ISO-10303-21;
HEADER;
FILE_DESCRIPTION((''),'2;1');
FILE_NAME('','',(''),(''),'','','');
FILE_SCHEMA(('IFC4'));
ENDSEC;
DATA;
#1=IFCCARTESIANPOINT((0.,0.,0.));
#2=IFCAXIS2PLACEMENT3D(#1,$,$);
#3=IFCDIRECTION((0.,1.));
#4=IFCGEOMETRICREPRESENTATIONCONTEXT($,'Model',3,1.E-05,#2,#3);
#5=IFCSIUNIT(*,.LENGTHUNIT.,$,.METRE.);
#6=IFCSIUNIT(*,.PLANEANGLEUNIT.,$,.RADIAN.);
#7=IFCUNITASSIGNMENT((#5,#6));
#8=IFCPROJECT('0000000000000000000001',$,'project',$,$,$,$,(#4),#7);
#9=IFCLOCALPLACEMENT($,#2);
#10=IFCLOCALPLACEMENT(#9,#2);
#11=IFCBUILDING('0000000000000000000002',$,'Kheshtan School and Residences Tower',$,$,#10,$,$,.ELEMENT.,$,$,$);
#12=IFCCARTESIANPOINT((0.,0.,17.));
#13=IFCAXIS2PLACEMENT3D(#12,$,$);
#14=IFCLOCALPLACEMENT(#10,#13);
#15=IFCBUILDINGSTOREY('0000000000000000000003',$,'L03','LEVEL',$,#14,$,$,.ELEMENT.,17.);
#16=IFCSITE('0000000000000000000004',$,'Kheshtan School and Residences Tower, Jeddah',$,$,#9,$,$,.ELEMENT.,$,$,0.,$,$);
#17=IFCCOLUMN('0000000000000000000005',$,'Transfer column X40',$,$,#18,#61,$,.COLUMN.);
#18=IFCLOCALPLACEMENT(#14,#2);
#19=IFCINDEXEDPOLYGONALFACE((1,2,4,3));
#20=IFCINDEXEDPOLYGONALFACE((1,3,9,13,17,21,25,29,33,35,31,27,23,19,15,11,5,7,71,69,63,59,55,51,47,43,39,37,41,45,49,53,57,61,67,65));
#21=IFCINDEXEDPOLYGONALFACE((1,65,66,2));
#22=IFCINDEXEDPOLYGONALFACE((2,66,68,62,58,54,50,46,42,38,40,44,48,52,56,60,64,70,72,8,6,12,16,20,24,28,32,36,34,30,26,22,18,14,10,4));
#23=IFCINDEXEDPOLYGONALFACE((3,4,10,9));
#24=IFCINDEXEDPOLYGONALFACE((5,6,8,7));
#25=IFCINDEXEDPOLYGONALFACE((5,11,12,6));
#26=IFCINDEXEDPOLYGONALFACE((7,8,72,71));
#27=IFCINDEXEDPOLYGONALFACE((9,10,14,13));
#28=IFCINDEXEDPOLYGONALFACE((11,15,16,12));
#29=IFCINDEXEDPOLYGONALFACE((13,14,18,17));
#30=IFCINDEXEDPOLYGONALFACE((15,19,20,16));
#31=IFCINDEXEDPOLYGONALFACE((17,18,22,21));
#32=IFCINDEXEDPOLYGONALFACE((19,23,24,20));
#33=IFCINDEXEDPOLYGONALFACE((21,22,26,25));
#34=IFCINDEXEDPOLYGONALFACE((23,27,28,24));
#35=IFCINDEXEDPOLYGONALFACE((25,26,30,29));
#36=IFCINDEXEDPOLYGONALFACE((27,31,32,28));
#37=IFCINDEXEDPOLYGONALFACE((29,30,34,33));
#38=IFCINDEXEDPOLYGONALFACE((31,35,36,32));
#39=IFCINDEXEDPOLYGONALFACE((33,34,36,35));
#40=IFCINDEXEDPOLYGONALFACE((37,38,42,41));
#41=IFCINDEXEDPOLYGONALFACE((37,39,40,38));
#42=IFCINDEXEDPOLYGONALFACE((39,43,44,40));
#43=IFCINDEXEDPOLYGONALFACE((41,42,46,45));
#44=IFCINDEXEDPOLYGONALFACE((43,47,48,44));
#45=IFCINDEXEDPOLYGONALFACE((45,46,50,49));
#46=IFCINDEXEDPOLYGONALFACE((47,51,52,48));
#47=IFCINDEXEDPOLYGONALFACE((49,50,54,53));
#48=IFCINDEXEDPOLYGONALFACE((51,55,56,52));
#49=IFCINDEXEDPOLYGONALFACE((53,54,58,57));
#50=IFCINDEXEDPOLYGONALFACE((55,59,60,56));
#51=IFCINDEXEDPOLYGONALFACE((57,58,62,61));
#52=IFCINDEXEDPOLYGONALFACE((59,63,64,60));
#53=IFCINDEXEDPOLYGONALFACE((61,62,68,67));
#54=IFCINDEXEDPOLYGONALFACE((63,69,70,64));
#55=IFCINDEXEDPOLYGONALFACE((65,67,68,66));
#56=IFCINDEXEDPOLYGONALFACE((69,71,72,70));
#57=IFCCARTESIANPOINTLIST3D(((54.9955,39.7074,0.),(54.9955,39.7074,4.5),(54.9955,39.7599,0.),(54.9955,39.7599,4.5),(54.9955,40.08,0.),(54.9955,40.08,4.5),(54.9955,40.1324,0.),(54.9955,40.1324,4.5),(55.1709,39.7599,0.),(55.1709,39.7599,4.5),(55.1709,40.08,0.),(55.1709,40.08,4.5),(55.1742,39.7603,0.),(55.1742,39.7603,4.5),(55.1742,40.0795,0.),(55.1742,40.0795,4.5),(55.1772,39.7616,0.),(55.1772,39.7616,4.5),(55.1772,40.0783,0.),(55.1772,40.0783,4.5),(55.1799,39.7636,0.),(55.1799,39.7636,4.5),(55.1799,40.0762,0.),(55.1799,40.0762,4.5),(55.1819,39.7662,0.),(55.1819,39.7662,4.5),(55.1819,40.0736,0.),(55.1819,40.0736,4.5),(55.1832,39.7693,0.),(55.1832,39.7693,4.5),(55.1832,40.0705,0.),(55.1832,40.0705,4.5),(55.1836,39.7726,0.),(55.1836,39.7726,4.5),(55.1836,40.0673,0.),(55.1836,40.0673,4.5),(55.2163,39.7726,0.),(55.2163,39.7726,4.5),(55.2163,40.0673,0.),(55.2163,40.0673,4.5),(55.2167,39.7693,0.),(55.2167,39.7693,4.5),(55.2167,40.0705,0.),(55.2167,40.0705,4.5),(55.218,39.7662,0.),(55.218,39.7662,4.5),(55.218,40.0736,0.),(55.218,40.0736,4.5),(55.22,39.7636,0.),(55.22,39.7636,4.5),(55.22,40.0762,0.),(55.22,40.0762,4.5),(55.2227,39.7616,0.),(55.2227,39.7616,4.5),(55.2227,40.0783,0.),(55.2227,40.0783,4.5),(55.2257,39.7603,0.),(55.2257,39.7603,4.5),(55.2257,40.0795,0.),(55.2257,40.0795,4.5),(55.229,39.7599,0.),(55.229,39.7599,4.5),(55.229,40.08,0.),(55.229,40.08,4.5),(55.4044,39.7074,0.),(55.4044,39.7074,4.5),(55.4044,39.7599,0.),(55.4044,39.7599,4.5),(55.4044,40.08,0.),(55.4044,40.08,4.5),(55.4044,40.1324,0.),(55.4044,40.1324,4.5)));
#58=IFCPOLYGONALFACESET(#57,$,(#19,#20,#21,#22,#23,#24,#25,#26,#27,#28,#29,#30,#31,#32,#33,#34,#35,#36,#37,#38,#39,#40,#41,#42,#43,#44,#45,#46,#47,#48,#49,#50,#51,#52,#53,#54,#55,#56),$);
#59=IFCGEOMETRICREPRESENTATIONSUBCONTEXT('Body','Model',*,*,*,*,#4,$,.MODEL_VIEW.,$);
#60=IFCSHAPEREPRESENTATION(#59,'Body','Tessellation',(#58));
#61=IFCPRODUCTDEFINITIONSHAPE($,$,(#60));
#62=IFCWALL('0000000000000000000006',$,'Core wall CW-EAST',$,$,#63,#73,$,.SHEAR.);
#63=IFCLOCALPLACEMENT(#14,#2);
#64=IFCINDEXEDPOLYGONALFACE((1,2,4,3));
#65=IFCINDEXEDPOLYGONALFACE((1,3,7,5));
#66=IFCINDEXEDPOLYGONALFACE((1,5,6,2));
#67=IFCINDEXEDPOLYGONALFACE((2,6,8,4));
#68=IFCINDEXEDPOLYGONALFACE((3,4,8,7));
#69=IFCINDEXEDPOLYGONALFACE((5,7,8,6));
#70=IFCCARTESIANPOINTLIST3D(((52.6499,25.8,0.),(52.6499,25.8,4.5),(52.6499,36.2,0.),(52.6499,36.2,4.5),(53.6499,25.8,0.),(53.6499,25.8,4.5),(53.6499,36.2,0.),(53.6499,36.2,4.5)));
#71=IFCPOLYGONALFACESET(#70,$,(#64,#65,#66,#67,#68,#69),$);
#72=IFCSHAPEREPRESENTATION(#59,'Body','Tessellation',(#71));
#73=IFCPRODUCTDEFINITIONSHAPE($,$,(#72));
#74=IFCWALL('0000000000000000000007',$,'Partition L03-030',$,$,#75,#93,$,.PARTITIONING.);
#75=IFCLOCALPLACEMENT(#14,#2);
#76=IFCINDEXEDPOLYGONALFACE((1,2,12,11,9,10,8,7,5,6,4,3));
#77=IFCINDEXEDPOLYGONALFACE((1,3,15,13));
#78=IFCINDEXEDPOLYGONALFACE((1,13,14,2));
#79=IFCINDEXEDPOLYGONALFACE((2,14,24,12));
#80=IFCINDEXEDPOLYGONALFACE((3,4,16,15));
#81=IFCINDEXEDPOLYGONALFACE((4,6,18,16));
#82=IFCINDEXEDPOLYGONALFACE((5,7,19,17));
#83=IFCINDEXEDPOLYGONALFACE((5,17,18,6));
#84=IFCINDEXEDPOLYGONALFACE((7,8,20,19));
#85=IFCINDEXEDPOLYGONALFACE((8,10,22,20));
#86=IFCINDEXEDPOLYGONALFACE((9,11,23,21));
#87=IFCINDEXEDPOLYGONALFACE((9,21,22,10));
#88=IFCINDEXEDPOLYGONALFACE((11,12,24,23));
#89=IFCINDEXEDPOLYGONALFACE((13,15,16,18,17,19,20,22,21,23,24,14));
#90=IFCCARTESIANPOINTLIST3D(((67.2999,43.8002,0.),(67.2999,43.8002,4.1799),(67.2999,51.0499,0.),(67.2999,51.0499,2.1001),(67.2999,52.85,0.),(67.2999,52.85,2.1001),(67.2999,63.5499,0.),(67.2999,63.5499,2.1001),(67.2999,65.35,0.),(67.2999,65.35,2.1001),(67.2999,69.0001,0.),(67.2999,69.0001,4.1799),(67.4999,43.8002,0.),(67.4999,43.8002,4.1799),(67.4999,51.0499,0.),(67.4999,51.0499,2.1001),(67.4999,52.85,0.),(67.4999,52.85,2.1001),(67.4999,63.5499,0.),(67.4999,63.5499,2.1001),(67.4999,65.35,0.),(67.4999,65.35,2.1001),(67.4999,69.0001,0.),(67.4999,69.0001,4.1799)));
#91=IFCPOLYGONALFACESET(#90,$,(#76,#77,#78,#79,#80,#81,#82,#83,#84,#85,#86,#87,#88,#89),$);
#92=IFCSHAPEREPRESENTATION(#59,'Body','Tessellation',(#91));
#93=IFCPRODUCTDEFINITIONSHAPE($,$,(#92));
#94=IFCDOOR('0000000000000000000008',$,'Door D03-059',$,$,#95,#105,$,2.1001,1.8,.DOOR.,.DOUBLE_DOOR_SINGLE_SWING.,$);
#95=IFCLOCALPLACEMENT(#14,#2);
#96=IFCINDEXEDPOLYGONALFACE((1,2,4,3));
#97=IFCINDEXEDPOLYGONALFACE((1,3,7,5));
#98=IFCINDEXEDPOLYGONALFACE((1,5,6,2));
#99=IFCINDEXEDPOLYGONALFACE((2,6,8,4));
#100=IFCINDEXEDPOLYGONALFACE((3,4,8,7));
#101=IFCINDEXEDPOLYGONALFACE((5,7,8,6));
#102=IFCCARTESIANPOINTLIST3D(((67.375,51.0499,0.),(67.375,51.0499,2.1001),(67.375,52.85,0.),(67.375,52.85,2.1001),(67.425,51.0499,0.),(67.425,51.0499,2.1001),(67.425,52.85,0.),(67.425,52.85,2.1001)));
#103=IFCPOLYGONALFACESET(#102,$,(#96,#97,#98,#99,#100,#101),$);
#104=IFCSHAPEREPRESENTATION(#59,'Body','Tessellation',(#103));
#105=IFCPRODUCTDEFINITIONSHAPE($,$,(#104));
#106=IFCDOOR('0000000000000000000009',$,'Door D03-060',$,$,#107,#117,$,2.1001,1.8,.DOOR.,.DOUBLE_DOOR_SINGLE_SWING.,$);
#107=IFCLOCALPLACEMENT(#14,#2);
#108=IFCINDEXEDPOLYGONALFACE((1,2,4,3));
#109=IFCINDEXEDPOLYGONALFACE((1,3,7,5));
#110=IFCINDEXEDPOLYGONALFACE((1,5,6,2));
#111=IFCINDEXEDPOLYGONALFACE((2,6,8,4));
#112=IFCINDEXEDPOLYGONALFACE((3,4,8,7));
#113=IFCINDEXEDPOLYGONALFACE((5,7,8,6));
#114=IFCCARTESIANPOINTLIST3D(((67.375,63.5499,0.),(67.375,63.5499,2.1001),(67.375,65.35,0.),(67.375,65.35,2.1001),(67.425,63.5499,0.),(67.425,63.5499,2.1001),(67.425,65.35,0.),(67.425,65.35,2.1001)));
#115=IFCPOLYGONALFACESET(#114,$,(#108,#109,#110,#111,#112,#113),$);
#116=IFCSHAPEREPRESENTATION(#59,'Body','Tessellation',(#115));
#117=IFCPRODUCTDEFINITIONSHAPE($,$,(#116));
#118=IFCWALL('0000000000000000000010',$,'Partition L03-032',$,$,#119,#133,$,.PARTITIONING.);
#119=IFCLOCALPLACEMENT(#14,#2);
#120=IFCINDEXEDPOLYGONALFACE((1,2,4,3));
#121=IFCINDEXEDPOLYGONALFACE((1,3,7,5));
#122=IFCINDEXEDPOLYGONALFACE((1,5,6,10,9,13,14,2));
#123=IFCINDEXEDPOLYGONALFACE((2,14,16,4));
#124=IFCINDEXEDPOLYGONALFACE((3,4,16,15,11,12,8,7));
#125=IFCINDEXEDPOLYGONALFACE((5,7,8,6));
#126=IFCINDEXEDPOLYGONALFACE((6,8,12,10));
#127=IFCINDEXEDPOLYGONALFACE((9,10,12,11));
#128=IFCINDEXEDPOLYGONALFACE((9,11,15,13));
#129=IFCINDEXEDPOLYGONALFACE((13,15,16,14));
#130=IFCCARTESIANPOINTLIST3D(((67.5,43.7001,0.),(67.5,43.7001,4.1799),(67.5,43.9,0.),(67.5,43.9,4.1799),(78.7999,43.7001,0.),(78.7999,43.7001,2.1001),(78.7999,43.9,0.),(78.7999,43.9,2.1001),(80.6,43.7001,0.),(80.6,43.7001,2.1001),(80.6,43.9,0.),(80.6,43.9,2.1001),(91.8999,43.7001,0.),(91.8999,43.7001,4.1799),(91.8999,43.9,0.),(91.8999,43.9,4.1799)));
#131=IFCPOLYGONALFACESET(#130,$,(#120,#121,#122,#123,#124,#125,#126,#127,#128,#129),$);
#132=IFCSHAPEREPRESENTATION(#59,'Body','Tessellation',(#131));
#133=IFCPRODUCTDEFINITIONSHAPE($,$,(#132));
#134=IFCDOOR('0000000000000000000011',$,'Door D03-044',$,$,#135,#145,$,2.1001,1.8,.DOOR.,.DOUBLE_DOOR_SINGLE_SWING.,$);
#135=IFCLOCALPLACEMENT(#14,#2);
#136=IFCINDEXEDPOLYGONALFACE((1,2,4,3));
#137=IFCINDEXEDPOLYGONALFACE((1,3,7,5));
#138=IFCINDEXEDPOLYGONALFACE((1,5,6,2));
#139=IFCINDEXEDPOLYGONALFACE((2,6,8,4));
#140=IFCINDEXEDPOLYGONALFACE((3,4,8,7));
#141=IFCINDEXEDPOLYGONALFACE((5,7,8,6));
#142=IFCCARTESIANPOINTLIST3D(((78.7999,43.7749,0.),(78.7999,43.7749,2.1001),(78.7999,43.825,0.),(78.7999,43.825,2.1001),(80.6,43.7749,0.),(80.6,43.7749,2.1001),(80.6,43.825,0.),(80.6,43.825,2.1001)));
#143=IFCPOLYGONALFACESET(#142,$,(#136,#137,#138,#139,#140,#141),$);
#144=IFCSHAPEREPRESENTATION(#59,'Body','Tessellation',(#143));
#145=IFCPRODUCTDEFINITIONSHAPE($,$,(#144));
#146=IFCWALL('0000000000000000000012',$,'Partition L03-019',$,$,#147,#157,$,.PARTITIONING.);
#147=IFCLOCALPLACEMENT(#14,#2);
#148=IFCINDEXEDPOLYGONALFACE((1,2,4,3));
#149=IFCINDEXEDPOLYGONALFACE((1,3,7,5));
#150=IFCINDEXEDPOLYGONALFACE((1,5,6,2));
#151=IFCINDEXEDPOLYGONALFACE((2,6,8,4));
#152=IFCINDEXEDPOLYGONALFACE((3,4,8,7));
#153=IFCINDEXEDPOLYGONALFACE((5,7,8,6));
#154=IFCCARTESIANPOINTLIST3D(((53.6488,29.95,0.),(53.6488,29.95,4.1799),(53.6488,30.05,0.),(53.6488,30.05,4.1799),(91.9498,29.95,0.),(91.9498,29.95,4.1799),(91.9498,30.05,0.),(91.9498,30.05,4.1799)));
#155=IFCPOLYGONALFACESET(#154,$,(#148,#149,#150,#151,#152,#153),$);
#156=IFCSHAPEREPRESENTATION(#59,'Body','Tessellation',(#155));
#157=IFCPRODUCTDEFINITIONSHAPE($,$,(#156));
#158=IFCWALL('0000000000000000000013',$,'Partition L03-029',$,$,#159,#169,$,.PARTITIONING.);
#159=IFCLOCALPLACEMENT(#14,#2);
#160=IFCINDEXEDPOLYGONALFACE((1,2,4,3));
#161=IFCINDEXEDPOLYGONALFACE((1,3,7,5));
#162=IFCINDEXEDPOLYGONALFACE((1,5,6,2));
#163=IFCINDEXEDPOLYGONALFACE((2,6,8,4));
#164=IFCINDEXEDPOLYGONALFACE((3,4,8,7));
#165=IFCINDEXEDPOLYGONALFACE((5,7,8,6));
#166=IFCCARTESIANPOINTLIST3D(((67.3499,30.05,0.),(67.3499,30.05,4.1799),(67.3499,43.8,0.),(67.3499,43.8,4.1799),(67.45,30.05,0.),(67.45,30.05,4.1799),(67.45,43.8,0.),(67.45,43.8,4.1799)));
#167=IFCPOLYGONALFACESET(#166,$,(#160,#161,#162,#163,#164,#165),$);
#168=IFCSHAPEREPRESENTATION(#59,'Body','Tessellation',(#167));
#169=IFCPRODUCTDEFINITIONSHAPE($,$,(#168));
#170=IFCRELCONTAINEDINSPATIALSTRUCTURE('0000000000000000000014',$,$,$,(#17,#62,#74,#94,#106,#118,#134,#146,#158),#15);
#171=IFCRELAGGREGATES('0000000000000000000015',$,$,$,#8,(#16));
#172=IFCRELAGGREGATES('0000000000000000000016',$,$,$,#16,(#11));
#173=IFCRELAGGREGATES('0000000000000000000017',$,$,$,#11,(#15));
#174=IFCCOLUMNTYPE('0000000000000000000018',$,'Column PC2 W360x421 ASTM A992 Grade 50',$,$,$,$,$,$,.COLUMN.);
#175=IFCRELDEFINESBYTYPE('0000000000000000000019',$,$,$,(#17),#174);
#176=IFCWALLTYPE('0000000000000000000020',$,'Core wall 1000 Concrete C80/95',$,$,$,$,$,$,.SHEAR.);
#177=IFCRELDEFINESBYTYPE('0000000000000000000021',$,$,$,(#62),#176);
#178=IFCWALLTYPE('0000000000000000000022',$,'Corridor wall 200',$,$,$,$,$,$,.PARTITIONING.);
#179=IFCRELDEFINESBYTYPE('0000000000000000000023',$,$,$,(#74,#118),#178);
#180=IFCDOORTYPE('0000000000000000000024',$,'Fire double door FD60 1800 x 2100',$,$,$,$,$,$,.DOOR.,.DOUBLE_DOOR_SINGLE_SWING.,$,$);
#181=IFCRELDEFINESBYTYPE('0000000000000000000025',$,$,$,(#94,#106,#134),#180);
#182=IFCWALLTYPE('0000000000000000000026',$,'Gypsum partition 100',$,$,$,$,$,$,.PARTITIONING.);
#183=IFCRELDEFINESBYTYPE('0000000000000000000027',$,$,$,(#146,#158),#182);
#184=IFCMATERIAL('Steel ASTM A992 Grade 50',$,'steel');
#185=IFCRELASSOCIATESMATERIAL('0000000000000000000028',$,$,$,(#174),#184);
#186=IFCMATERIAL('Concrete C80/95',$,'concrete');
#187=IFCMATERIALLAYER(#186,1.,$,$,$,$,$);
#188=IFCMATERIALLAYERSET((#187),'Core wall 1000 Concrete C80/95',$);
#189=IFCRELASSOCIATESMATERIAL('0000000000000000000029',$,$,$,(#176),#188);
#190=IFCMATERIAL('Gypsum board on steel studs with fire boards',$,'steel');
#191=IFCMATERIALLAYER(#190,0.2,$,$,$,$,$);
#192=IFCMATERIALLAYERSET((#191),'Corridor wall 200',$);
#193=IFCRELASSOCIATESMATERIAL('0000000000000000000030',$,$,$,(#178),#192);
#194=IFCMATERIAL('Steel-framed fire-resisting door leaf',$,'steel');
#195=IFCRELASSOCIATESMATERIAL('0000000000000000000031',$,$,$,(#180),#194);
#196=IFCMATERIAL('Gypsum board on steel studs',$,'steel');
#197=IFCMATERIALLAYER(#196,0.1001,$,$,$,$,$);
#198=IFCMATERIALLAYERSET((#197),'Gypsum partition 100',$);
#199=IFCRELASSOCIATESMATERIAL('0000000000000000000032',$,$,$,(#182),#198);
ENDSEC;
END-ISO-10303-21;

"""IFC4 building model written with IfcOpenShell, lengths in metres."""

from ifc_helpers import new_model, si_unit, direction, frame, frame_2d, origin, origin_2d, place, context, subcontext, project, spatial, rectangle, i_section, extrude, source, transform, mapped, material, layer, layer_set, material_profile, profile_set, type_object, element, fill, save


model = new_model("IFC4")

# Units and contexts
model_context = context("Model", 3, precision=1e-05, world=origin(), true_north=direction((0.0, 1.0)))
body_context = subcontext(model_context, "Body", "Model", "MODEL_VIEW")
ifc_project = project(units=[si_unit("LENGTHUNIT", "METRE"), si_unit("PLANEANGLEUNIT", "RADIAN")], contexts=[model_context])

# Site, building, storey
site_placement = place(None, origin())
site = spatial("IfcSite", under=ifc_project, at=site_placement, Name="Kheshtan School and Residences Tower, Jeddah", CompositionType="ELEMENT", RefElevation=0.0)
building_placement = place(site_placement, origin())
building = spatial("IfcBuilding", under=site, at=building_placement, Name="Kheshtan School and Residences Tower", CompositionType="ELEMENT")
storey_placement = place(building_placement, frame((0.0, 0.0, 17.0)))
storey = spatial("IfcBuildingStorey", under=building, at=storey_placement, Name="L03", Description="LEVEL", CompositionType="ELEMENT", Elevation=17.0)

# Column
ifc_material_1 = material(Name="Steel ASTM A992 Grade 50", Category="steel")
ifc_material_profile = material_profile(ifc_material_1, i_section(OverallWidth=0.4089, OverallDepth=0.425, WebThickness=0.0327, FlangeThickness=0.0525, FilletRadius=0.0127, at=origin_2d()), Name="W360x421")
ifc_profile_set = profile_set([ifc_material_profile], Name="Steel ASTM A992 Grade 50")
column_type = type_object("IfcColumnType", Name="Column PC2 W360x421 ASTM A992 Grade 50", PredefinedType="COLUMN", material=ifc_profile_set)
for number, where, z_axis, x_axis, name in (
    (1, (55.2, 39.9199, 0.0), (0.0, 0.0, 1.0), (1.0, 0.0, 0.0), "Transfer column X40"),
):
    element("IfcColumn", number, at=place(storey_placement, frame(where, z_axis=z_axis, x_axis=x_axis)), inside=storey, type_object=column_type, Name=name, PredefinedType="COLUMN", context=body_context, shape_type="SweptSolid", body=[
        extrude(i_section(OverallWidth=0.4089, OverallDepth=0.425, WebThickness=0.0327, FlangeThickness=0.0525, FilletRadius=0.0127, at=origin_2d()), origin(), (0.0, 0.0, 1.0), 4.5),
    ])

# Wall
ifc_material_2 = material(Name="Concrete C80/95", Category="concrete")
ifc_layer_1 = layer(ifc_material_2, 1.0)
ifc_layer_set_1 = layer_set([ifc_layer_1], Name="Core wall 1000 Concrete C80/95")
wall_type_1 = type_object("IfcWallType", Name="Core wall 1000 Concrete C80/95", PredefinedType="SHEAR", material=ifc_layer_set_1)
wall_1_placement = place(storey_placement, frame((53.1499, 25.8, 0.0), z_axis=(0.0, 0.0, 1.0), x_axis=(0.0, 1.0, 0.0)))
element("IfcWall", 2, at=wall_1_placement, inside=storey, type_object=wall_type_1, Name="Core wall CW-EAST", PredefinedType="SHEAR", context=body_context, shape_type="SweptSolid", body=[
    extrude(rectangle(XDim=10.3999, YDim=1.0, at=frame_2d((5.2, 0.0))), origin(), (0.0, 0.0, 1.0), 4.5),
])

# Wall, openings, doors
ifc_material_3 = material(Name="Gypsum board on steel studs with fire boards", Category="steel")
ifc_layer_2 = layer(ifc_material_3, 0.2)
ifc_layer_set_2 = layer_set([ifc_layer_2], Name="Corridor wall 200")
wall_type_2 = type_object("IfcWallType", Name="Corridor wall 200", PredefinedType="PARTITIONING", material=ifc_layer_set_2)
wall_2_placement = place(storey_placement, frame((67.3999, 43.8, 0.0), z_axis=(0.0, 0.0, 1.0), x_axis=(0.0, 1.0, 0.0)))
wall_2 = element("IfcWall", 3, at=wall_2_placement, inside=storey, type_object=wall_type_2, Name="Partition L03-030", PredefinedType="PARTITIONING", context=body_context, shape_type="SweptSolid", body=[
    extrude(rectangle(XDim=25.2, YDim=0.2, at=frame_2d((12.6001, 0.0))), origin(), (0.0, 0.0, 1.0), 4.1799),
])
opening_1_placement = place(wall_2_placement, frame((7.25, 0.0, 0.0)))
opening_1 = element("IfcOpeningElement", 4, at=opening_1_placement, cuts=wall_2, PredefinedType="OPENING", context=body_context, shape_type="SweptSolid", body=[
    extrude(rectangle(XDim=1.8, YDim=2.1001, at=frame_2d((0.8999, 1.05))), frame((0.0, 0.1099, 0.0), z_axis=(0.0, -1.0, 0.0), x_axis=(1.0, 0.0, 0.0)), (0.0, 0.0, 1.0), 0.22),
])
opening_2_placement = place(wall_2_placement, frame((19.75, 0.0, 0.0)))
opening_2 = element("IfcOpeningElement", 5, at=opening_2_placement, cuts=wall_2, PredefinedType="OPENING", context=body_context, shape_type="SweptSolid", body=[
    extrude(rectangle(XDim=1.8, YDim=2.1001, at=frame_2d((0.8999, 1.05))), frame((0.0, 0.1099, 0.0), z_axis=(0.0, -1.0, 0.0), x_axis=(1.0, 0.0, 0.0)), (0.0, 0.0, 1.0), 0.22),
])
ifc_material_4 = material(Name="Steel-framed fire-resisting door leaf", Category="steel")
door_type = type_object("IfcDoorType", Name="Fire double door FD60 1800 x 2100", OperationType="DOUBLE_DOOR_SINGLE_SWING", PredefinedType="DOOR", material=ifc_material_4)
shared_shape = source(origin(), body_context, "Body", "SweptSolid", [
    extrude(rectangle(XDim=1.8, YDim=2.1001, at=frame_2d((0.8999, 1.05))), frame((0.0, 0.0249, 0.0), z_axis=(0.0, -1.0, 0.0), x_axis=(1.0, 0.0, 0.0)), (0.0, 0.0, 1.0), 0.05),
])
door_1_placement = place(opening_1_placement, origin())
door_1 = element("IfcDoor", 6, at=door_1_placement, inside=storey, type_object=door_type, Name="Door D03-059", OperationType="DOUBLE_DOOR_SINGLE_SWING", OverallHeight=2.1001, OverallWidth=1.8, PredefinedType="DOOR", context=body_context, shape_type="MappedRepresentation", body=[
    mapped(shared_shape, transform((0.0, 0.0, 0.0), x_axis=(1.0, 0.0, 0.0), y_axis=(0.0, 1.0, 0.0), z_axis=(0.0, 0.0, 1.0), scale=1.0)),
])
fill(opening_1, door_1)
door_2_placement = place(opening_2_placement, origin())
door_2 = element("IfcDoor", 7, at=door_2_placement, inside=storey, type_object=door_type, Name="Door D03-060", OperationType="DOUBLE_DOOR_SINGLE_SWING", OverallHeight=2.1001, OverallWidth=1.8, PredefinedType="DOOR", context=body_context, shape_type="MappedRepresentation", body=[
    mapped(shared_shape, transform((0.0, 0.0, 0.0), x_axis=(1.0, 0.0, 0.0), y_axis=(0.0, 1.0, 0.0), z_axis=(0.0, 0.0, 1.0), scale=1.0)),
])
fill(opening_2, door_2)

# Wall, opening, door
wall_3_placement = place(storey_placement, frame((67.5, 43.8, 0.0), z_axis=(0.0, 0.0, 1.0), x_axis=(1.0, 0.0, 0.0)))
wall_3 = element("IfcWall", 8, at=wall_3_placement, inside=storey, type_object=wall_type_2, Name="Partition L03-032", PredefinedType="PARTITIONING", context=body_context, shape_type="SweptSolid", body=[
    extrude(rectangle(XDim=24.3999, YDim=0.2, at=frame_2d((12.2, 0.0))), origin(), (0.0, 0.0, 1.0), 4.1799),
])
opening_3_placement = place(wall_3_placement, frame((11.3, 0.0, 0.0)))
opening_3 = element("IfcOpeningElement", 9, at=opening_3_placement, cuts=wall_3, PredefinedType="OPENING", context=body_context, shape_type="SweptSolid", body=[
    extrude(rectangle(XDim=1.8, YDim=2.1001, at=frame_2d((0.8999, 1.05))), frame((0.0, 0.1099, 0.0), z_axis=(0.0, -1.0, 0.0), x_axis=(1.0, 0.0, 0.0)), (0.0, 0.0, 1.0), 0.22),
])
door_3_placement = place(opening_3_placement, origin())
door_3 = element("IfcDoor", 10, at=door_3_placement, inside=storey, type_object=door_type, Name="Door D03-044", OperationType="DOUBLE_DOOR_SINGLE_SWING", OverallHeight=2.1001, OverallWidth=1.8, PredefinedType="DOOR", context=body_context, shape_type="MappedRepresentation", body=[
    mapped(shared_shape, transform((0.0, 0.0, 0.0), x_axis=(1.0, 0.0, 0.0), y_axis=(0.0, 1.0, 0.0), z_axis=(0.0, 0.0, 1.0), scale=1.0)),
])
fill(opening_3, door_3)

# Walls
ifc_material_5 = material(Name="Gypsum board on steel studs", Category="steel")
ifc_layer_3 = layer(ifc_material_5, 0.1001)
ifc_layer_set_3 = layer_set([ifc_layer_3], Name="Gypsum partition 100")
wall_type_3 = type_object("IfcWallType", Name="Gypsum partition 100", PredefinedType="PARTITIONING", material=ifc_layer_set_3)
wall_4_placement = place(storey_placement, frame((53.6489, 30.0, 0.0), z_axis=(0.0, 0.0, 1.0), x_axis=(1.0, 0.0, 0.0)))
element("IfcWall", 11, at=wall_4_placement, inside=storey, type_object=wall_type_3, Name="Partition L03-019", PredefinedType="PARTITIONING", context=body_context, shape_type="SweptSolid", body=[
    extrude(rectangle(XDim=38.301, YDim=0.1001, at=frame_2d((19.1504, 0.0))), origin(), (0.0, 0.0, 1.0), 4.1799),
])
wall_5_placement = place(storey_placement, frame((67.3999, 30.05, 0.0), z_axis=(0.0, 0.0, 1.0), x_axis=(0.0, 1.0, 0.0)))
element("IfcWall", 12, at=wall_5_placement, inside=storey, type_object=wall_type_3, Name="Partition L03-029", PredefinedType="PARTITIONING", context=body_context, shape_type="SweptSolid", body=[
    extrude(rectangle(XDim=13.75, YDim=0.1001, at=frame_2d((6.875, 0.0))), origin(), (0.0, 0.0, 1.0), 4.1799),
])

save(model, "model.ifc")
